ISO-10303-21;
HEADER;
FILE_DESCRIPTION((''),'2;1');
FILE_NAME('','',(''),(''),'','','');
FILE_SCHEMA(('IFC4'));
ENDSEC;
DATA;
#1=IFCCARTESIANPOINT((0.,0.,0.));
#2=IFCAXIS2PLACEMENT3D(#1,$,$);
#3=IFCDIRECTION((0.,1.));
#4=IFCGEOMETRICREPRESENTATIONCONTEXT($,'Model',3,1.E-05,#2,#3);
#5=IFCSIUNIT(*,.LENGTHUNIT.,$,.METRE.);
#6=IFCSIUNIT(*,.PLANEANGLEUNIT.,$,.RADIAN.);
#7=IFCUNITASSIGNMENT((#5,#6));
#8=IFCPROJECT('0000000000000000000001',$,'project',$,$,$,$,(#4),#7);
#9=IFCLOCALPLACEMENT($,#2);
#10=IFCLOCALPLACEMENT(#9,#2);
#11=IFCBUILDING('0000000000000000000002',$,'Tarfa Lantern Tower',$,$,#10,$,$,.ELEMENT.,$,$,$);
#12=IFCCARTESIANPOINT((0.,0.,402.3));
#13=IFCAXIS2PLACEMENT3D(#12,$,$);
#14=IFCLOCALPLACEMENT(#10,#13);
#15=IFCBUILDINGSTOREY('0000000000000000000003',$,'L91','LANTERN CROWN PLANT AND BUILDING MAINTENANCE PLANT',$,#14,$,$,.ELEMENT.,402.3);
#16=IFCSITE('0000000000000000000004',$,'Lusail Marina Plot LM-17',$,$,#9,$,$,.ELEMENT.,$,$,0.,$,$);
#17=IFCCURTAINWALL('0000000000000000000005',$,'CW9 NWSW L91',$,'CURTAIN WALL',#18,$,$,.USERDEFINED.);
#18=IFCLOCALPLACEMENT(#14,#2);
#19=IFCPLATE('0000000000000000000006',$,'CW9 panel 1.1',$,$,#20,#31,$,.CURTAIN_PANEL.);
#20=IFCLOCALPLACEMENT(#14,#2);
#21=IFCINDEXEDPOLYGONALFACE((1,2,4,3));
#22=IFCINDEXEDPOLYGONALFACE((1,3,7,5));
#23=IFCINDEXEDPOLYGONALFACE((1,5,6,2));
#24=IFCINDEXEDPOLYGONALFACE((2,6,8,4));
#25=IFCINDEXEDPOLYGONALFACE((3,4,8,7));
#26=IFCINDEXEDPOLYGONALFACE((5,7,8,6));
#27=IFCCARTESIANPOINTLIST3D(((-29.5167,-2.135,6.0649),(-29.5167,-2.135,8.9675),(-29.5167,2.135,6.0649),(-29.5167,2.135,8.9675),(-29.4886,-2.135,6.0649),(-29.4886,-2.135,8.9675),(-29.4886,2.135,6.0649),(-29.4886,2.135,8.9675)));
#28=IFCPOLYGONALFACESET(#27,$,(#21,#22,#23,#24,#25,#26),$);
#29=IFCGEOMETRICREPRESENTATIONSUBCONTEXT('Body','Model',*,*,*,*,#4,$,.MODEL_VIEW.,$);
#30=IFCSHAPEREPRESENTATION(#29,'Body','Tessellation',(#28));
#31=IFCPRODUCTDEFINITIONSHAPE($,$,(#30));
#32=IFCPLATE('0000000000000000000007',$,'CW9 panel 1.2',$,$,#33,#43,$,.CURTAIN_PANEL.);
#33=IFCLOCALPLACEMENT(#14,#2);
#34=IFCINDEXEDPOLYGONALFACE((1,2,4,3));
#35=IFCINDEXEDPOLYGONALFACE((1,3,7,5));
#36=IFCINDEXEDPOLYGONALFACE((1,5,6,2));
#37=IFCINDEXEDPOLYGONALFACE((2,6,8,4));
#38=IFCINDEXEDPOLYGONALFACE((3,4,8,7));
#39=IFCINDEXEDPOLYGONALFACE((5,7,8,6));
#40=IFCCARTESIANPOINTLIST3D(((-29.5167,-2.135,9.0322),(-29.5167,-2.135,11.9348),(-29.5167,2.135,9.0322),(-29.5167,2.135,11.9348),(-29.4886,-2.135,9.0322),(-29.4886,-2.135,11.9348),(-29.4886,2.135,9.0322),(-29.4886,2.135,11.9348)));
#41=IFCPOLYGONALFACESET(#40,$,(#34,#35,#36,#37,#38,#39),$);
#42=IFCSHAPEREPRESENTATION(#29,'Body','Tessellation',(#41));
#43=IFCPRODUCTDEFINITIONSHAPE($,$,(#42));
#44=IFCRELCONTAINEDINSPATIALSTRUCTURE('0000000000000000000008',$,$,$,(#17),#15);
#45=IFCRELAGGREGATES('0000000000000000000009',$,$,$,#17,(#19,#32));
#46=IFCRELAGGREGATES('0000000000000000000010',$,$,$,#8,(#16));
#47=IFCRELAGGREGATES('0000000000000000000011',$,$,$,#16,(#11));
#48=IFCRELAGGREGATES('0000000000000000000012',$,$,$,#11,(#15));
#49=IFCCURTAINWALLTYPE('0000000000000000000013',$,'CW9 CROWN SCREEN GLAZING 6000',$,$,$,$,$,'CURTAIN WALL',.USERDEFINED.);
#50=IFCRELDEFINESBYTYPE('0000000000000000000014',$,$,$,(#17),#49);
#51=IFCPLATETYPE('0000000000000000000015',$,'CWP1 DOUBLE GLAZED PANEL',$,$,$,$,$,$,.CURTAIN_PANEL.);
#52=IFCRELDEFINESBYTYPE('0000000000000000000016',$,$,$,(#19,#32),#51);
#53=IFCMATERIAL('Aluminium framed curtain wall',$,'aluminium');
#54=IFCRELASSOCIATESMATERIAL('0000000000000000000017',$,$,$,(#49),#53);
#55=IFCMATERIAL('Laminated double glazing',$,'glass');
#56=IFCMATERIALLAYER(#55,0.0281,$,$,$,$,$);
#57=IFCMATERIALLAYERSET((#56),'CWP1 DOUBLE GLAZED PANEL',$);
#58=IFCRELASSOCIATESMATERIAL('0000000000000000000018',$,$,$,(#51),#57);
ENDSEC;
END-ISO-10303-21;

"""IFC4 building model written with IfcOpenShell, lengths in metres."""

from ifc_helpers import new_model, si_unit, direction, frame, origin, origin_2d, place, context, subcontext, project, spatial, rectangle, extrude, material, layer, layer_set, type_object, element, aggregate, save


model = new_model("IFC4")

# Units and contexts
model_context = context("Model", 3, precision=1e-05, world=origin(), true_north=direction((0.0, 1.0)))
body_context = subcontext(model_context, "Body", "Model", "MODEL_VIEW")
ifc_project = project(units=[si_unit("LENGTHUNIT", "METRE"), si_unit("PLANEANGLEUNIT", "RADIAN")], contexts=[model_context])

# Site, building, storey
site_placement = place(None, origin())
site = spatial("IfcSite", under=ifc_project, at=site_placement, Name="Lusail Marina Plot LM-17", CompositionType="ELEMENT", RefElevation=0.0)
building_placement = place(site_placement, origin())
building = spatial("IfcBuilding", under=site, at=building_placement, Name="Tarfa Lantern Tower", CompositionType="ELEMENT")
storey_placement = place(building_placement, frame((0.0, 0.0, 402.3)))
storey = spatial("IfcBuildingStorey", under=building, at=storey_placement, Name="L91", Description="LANTERN CROWN PLANT AND BUILDING MAINTENANCE PLANT", CompositionType="ELEMENT", Elevation=402.3)

# Shared definitions
ifc_material_1 = material(Name="Aluminium framed curtain wall", Category="aluminium")
curtain_wall_type_1 = type_object("IfcCurtainWallType", Name="CW9 CROWN SCREEN GLAZING 6000", ElementType="CURTAIN WALL", PredefinedType="USERDEFINED", material=ifc_material_1)

# Curtain wall
curtain_wall_1_placement = place(storey_placement, origin())
curtain_wall_1 = element("IfcCurtainWall", 1, at=curtain_wall_1_placement, inside=storey, type_object=curtain_wall_type_1, Name="CW9 NWSW L91", ObjectType="CURTAIN WALL", PredefinedType="USERDEFINED")

# Plates
ifc_material_2 = material(Name="Laminated double glazing", Category="glass")
ifc_layer = layer(ifc_material_2, 0.0281)
ifc_layer_set = layer_set([ifc_layer], Name="CWP1 DOUBLE GLAZED PANEL")
plate_type = type_object("IfcPlateType", Name="CWP1 DOUBLE GLAZED PANEL", PredefinedType="CURTAIN_PANEL", material=ifc_layer_set)
plate_1_placement = place(storey_placement, frame((-29.5027, 0.0, 6.0649), z_axis=(0.0, 0.0, 1.0), x_axis=(0.0, -1.0, 0.0)))
plate_1 = element("IfcPlate", 2, at=plate_1_placement, type_object=plate_type, Name="CW9 panel 1.1", PredefinedType="CURTAIN_PANEL", context=body_context, shape_type="SweptSolid", body=[
    extrude(rectangle(XDim=4.27, YDim=0.0281, at=origin_2d()), origin(), (0.0, 0.0, 1.0), 2.9026),
])
plate_2_placement = place(storey_placement, frame((-29.5027, 0.0, 9.0322), z_axis=(0.0, 0.0, 1.0), x_axis=(0.0, -1.0, 0.0)))
plate_2 = element("IfcPlate", 3, at=plate_2_placement, type_object=plate_type, Name="CW9 panel 1.2", PredefinedType="CURTAIN_PANEL", context=body_context, shape_type="SweptSolid", body=[
    extrude(rectangle(XDim=4.27, YDim=0.0281, at=origin_2d()), origin(), (0.0, 0.0, 1.0), 2.9026),
])
aggregate(curtain_wall_1, [plate_1, plate_2])

save(model, "model.ifc")
